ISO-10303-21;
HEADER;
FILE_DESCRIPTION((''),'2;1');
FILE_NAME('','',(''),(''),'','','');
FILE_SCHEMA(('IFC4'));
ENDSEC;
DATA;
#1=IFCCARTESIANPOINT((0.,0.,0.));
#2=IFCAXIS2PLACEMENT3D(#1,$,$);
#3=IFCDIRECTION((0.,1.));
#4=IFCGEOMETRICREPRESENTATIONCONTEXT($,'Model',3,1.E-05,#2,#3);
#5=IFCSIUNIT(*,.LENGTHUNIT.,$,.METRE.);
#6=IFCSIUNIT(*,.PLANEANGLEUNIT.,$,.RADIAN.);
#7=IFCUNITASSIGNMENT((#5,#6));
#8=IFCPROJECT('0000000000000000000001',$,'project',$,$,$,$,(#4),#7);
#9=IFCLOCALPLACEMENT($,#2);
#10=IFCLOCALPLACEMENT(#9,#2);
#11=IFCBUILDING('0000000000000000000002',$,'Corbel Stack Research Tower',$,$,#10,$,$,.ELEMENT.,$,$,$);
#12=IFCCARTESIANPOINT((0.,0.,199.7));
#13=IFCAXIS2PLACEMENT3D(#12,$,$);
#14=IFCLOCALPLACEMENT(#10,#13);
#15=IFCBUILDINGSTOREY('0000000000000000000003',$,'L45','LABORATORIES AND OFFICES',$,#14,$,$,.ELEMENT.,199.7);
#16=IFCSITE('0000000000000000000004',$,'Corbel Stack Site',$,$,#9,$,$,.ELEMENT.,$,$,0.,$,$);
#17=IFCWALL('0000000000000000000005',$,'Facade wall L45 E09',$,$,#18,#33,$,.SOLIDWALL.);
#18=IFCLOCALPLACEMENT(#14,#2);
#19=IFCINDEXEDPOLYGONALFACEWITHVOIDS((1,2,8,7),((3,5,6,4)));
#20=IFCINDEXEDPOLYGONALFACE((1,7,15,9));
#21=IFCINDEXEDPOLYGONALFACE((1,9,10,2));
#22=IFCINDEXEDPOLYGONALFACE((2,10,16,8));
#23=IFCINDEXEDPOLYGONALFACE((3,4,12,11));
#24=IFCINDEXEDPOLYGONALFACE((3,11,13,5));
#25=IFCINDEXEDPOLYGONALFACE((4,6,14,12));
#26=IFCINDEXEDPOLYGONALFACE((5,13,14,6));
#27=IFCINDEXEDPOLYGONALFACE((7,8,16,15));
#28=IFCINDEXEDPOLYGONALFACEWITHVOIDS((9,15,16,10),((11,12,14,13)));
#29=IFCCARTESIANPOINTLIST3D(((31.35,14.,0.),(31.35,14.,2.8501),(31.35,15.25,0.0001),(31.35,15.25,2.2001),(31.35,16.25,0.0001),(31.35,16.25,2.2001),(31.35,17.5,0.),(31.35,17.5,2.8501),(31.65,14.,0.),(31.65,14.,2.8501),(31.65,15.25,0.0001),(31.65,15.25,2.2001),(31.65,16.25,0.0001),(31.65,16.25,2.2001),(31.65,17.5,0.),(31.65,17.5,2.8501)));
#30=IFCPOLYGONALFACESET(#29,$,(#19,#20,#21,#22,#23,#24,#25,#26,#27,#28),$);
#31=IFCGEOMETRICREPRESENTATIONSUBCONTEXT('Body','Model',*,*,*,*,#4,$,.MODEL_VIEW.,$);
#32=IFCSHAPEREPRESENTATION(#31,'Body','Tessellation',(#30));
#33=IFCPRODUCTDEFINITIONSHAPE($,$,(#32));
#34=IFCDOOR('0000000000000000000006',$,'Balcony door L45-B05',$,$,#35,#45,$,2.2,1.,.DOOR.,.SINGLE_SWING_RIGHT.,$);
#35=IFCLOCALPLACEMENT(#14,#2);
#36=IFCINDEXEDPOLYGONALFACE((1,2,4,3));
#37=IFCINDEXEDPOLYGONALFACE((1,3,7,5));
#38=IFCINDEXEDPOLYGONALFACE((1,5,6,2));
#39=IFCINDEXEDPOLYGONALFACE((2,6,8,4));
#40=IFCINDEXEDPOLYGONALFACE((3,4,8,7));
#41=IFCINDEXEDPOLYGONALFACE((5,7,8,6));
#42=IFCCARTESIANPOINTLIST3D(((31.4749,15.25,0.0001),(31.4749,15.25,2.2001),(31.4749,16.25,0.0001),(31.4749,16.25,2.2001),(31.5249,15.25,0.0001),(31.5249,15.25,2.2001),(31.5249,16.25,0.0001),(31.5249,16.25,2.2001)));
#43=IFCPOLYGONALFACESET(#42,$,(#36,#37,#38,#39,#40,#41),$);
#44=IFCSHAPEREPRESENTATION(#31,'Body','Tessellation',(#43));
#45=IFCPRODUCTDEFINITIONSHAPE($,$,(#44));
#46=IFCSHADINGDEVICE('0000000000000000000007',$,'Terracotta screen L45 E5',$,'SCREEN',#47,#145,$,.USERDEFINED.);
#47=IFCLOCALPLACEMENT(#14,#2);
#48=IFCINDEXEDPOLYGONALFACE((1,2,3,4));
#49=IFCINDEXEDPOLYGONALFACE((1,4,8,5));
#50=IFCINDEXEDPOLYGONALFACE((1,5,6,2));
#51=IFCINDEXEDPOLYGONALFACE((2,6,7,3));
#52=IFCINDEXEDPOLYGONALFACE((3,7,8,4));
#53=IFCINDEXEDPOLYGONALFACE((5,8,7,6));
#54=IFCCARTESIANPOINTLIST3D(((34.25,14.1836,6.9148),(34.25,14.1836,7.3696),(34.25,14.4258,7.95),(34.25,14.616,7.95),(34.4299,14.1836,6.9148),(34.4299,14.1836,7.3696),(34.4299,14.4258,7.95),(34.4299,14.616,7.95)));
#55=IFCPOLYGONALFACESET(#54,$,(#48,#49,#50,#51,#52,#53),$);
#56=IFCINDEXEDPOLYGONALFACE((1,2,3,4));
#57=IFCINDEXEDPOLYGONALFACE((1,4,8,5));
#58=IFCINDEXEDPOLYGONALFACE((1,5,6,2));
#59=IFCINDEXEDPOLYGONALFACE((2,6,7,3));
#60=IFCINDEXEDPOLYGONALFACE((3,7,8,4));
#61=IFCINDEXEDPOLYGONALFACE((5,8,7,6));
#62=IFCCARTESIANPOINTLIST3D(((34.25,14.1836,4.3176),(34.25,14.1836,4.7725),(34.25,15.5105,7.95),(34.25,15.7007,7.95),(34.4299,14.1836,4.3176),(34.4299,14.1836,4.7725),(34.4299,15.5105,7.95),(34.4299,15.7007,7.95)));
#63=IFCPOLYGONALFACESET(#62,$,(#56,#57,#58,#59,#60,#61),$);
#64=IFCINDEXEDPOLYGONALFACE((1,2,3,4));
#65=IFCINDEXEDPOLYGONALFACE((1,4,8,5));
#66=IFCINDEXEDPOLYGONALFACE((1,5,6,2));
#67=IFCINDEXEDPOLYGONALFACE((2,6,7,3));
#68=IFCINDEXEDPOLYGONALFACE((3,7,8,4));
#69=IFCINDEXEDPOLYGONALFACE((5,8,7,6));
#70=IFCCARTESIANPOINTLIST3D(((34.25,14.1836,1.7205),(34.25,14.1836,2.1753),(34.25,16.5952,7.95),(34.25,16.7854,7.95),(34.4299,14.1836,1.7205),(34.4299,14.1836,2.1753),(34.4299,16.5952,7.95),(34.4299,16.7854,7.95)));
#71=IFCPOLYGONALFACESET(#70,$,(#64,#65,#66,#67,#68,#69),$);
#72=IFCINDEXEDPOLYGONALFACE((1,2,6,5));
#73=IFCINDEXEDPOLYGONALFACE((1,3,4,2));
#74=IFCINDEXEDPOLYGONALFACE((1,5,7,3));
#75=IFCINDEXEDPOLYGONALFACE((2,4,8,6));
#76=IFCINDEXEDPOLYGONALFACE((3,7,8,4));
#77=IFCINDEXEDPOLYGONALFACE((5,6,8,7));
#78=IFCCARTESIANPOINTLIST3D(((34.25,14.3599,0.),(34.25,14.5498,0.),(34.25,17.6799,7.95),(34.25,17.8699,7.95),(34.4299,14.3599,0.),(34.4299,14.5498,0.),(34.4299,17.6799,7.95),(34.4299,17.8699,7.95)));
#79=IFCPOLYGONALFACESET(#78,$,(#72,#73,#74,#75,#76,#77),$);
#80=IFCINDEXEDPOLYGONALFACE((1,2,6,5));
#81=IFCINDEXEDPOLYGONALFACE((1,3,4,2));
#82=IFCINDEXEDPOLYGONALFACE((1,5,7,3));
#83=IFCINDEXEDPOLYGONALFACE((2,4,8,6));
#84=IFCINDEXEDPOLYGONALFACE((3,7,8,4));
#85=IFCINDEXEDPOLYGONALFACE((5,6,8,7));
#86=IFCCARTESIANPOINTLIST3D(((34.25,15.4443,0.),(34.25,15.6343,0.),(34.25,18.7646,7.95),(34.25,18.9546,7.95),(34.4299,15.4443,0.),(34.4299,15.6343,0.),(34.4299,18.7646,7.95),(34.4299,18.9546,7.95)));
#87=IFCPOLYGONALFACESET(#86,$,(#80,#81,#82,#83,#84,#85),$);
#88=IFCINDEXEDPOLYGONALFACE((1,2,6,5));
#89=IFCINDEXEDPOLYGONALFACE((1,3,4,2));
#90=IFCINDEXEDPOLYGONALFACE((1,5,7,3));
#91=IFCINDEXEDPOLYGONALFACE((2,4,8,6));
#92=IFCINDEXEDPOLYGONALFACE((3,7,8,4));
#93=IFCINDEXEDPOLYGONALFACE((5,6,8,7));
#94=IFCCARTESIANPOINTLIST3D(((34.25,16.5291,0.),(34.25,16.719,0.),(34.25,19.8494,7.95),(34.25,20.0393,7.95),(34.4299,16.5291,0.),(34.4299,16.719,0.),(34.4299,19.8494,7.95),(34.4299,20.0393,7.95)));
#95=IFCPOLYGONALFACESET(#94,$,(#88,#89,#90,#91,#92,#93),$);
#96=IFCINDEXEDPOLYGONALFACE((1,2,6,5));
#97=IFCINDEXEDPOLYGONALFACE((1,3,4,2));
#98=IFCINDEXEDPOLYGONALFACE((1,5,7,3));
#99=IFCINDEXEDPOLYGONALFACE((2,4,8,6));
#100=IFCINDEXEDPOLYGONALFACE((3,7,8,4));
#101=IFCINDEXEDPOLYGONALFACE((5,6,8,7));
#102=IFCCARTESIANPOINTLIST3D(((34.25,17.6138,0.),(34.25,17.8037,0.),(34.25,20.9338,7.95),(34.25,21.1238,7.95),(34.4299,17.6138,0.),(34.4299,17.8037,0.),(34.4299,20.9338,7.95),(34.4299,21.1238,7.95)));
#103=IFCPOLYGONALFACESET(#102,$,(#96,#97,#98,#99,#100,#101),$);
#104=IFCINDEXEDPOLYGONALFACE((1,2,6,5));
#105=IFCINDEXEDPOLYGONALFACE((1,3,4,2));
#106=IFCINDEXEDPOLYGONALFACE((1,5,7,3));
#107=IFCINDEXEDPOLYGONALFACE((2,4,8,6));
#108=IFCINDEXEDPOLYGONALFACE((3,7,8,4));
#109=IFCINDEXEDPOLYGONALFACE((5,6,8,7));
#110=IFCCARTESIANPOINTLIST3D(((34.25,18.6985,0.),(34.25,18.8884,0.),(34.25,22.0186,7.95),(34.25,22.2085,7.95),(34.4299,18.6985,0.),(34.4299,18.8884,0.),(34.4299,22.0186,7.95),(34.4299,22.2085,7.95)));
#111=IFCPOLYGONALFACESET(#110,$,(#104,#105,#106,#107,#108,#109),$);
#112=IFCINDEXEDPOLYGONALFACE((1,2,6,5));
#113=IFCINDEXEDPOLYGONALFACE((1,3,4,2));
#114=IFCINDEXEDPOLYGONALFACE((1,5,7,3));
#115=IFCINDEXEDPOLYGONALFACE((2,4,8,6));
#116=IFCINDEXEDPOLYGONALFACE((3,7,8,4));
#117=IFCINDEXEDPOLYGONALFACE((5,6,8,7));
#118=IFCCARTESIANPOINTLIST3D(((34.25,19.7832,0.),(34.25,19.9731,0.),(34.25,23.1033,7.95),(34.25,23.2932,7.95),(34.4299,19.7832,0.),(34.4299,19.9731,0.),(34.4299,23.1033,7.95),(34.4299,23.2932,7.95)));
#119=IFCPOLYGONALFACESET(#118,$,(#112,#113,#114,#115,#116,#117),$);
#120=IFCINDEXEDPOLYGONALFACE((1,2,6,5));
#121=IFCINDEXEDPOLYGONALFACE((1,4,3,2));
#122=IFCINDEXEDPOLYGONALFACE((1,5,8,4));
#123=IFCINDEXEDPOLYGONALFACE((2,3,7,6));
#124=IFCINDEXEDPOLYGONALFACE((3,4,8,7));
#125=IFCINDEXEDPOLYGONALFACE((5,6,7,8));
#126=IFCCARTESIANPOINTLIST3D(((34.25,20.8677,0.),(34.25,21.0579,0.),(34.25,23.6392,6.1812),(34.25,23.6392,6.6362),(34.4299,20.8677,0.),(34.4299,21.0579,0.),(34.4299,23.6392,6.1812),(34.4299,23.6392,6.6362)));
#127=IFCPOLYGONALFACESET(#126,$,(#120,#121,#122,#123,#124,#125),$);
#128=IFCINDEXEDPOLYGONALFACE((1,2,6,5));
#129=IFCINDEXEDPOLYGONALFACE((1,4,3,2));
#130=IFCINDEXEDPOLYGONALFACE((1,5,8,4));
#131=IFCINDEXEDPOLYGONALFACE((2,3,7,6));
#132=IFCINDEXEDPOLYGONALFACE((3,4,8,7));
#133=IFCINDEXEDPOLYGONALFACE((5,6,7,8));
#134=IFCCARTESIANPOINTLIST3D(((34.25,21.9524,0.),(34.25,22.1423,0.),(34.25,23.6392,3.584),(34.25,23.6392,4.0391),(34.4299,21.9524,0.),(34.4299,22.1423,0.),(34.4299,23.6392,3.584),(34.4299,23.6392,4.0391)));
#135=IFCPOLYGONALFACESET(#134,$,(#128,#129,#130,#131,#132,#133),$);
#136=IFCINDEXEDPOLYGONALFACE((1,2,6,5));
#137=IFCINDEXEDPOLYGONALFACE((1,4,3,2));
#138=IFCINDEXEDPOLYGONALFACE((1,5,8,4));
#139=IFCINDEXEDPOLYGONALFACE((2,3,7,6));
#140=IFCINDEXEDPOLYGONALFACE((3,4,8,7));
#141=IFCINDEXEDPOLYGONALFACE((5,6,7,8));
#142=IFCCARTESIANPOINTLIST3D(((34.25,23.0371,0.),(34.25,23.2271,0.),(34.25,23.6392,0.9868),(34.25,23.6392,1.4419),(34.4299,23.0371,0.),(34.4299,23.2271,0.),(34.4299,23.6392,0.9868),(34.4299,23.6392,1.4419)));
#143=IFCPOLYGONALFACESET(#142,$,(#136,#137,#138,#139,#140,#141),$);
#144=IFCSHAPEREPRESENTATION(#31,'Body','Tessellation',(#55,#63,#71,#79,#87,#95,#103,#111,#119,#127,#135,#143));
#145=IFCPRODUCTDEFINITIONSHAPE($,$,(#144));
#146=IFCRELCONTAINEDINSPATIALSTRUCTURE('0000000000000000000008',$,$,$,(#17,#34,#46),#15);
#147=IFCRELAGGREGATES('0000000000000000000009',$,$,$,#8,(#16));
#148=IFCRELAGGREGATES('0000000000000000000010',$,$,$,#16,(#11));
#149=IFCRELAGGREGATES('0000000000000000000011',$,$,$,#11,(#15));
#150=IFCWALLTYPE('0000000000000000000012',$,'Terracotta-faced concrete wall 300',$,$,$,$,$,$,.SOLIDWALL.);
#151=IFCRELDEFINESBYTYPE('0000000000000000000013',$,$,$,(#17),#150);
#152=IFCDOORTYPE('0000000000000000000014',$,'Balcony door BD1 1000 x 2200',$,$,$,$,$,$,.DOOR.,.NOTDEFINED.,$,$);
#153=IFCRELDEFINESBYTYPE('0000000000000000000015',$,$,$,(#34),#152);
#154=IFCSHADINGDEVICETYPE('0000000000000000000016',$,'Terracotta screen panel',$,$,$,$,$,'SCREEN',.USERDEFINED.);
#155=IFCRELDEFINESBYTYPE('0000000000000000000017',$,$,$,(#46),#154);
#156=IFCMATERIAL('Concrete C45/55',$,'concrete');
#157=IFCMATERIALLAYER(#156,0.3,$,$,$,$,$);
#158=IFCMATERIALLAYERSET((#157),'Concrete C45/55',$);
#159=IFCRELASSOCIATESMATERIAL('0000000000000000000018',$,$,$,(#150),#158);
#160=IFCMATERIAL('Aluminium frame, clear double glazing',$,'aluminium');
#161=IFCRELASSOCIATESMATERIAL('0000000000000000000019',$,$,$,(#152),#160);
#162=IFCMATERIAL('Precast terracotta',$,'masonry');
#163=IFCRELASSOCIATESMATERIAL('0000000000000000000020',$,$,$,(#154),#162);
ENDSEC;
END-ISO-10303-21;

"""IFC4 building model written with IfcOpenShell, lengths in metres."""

from ifc_helpers import new_model, si_unit, direction, frame, frame_2d, origin, place, context, subcontext, project, spatial, polyline, rectangle, outline, extrude, source, transform, mapped, material, layer, layer_set, type_object, element, fill, save


model = new_model("IFC4")

# Units and contexts
model_context = context("Model", 3, precision=1e-05, world=origin(), true_north=direction((0.0, 1.0)))
body_context = subcontext(model_context, "Body", "Model", "MODEL_VIEW")
ifc_project = project(units=[si_unit("LENGTHUNIT", "METRE"), si_unit("PLANEANGLEUNIT", "RADIAN")], contexts=[model_context])

# Site, building, storey
site_placement = place(None, origin())
site = spatial("IfcSite", under=ifc_project, at=site_placement, Name="Corbel Stack Site", CompositionType="ELEMENT", RefElevation=0.0)
building_placement = place(site_placement, origin())
building = spatial("IfcBuilding", under=site, at=building_placement, Name="Corbel Stack Research Tower", CompositionType="ELEMENT")
storey_placement = place(building_placement, frame((0.0, 0.0, 199.7)))
storey = spatial("IfcBuildingStorey", under=building, at=storey_placement, Name="L45", Description="LABORATORIES AND OFFICES", CompositionType="ELEMENT", Elevation=199.7)

# Shared definitions
ifc_material_1 = material(Name="Concrete C45/55", Category="concrete")
ifc_layer_1 = layer(ifc_material_1, 0.3)
ifc_layer_set_1 = layer_set([ifc_layer_1], Name="Concrete C45/55")
wall_type_1 = type_object("IfcWallType", Name="Terracotta-faced concrete wall 300", PredefinedType="SOLIDWALL", material=ifc_layer_set_1)

# Wall, opening, door
wall_1_placement = place(storey_placement, frame((31.5, 17.5, 0.0), z_axis=(0.0, 0.0, 1.0), x_axis=(0.0, -1.0, 0.0)))
wall_1 = element("IfcWall", 1, at=wall_1_placement, inside=storey, type_object=wall_type_1, Name="Facade wall L45 E09", PredefinedType="SOLIDWALL", context=body_context, shape_type="SweptSolid", body=[
    extrude(rectangle(XDim=3.5, YDim=0.3, at=frame_2d((1.75, 0.0))), origin(), (0.0, 0.0, 1.0), 2.8501),
])
opening_1_placement = place(wall_1_placement, frame((1.25, 0.0, 0.0)))
opening_1 = element("IfcOpeningElement", 2, at=opening_1_placement, cuts=wall_1, PredefinedType="OPENING", context=body_context, shape_type="SweptSolid", body=[
    extrude(rectangle(XDim=1.0, YDim=2.2, at=frame_2d((0.5, 1.1001))), frame((0.0, 0.1599, 0.0), z_axis=(0.0, -1.0, 0.0), x_axis=(1.0, 0.0, 0.0)), (0.0, 0.0, 1.0), 0.3201),
])
ifc_material_2 = material(Name="Aluminium frame, clear double glazing", Category="aluminium")
door_type_1 = type_object("IfcDoorType", Name="Balcony door BD1 1000 x 2200", OperationType="NOTDEFINED", PredefinedType="DOOR", material=ifc_material_2)
door_1_placement = place(opening_1_placement, origin())
door_1 = element("IfcDoor", 3, at=door_1_placement, inside=storey, type_object=door_type_1, Name="Balcony door L45-B05", OperationType="SINGLE_SWING_RIGHT", OverallHeight=2.2, OverallWidth=1.0, PredefinedType="DOOR", context=body_context, shape_type="SweptSolid", body=[
    extrude(rectangle(XDim=1.0, YDim=2.2, at=frame_2d((0.5, 1.1001))), frame((0.0, 0.0249, 0.0), z_axis=(0.0, -1.0, 0.0), x_axis=(1.0, 0.0, 0.0)), (0.0, 0.0, 1.0), 0.05),
])
fill(opening_1, door_1)

# Shading device
ifc_material_3 = material(Name="Precast terracotta", Category="masonry")
shading_device_type = type_object("IfcShadingDeviceType", Name="Terracotta screen panel", ElementType="SCREEN", PredefinedType="USERDEFINED", material=ifc_material_3)
shared_shape_1 = source(origin(), body_context, "Body", "SweptSolid", [
    extrude(outline(polyline([(0.4324, 7.95), (0.2422, 7.95), (0.0, 7.3696), (0.0, 6.9148), (0.4324, 7.95)])), frame((0.0, 0.0, 0.0), z_axis=(0.0, -1.0, 0.0), x_axis=(1.0, 0.0, 0.0)), (0.0, 0.0, 1.0), 0.1799),
    extrude(outline(polyline([(1.5171, 7.95), (1.3269, 7.95), (0.0, 4.7725), (0.0, 4.3176), (1.5171, 7.95)])), frame((0.0, 0.0, 0.0), z_axis=(0.0, -1.0, 0.0), x_axis=(1.0, 0.0, 0.0)), (0.0, 0.0, 1.0), 0.1799),
    extrude(outline(polyline([(2.6018, 7.95), (2.4116, 7.95), (0.0, 2.1753), (0.0, 1.7205), (2.6018, 7.95)])), frame((0.0, 0.0, 0.0), z_axis=(0.0, -1.0, 0.0), x_axis=(1.0, 0.0, 0.0)), (0.0, 0.0, 1.0), 0.1799),
    extrude(outline(polyline([(0.3662, 0.0), (3.6863, 7.95), (3.4963, 7.95), (0.1763, 0.0), (0.3662, 0.0)])), frame((0.0, 0.0, 0.0), z_axis=(0.0, -1.0, 0.0), x_axis=(1.0, 0.0, 0.0)), (0.0, 0.0, 1.0), 0.1799),
    extrude(outline(polyline([(1.4507, 0.0), (4.771, 7.95), (4.5811, 7.95), (1.2607, 0.0), (1.4507, 0.0)])), frame((0.0, 0.0, 0.0), z_axis=(0.0, -1.0, 0.0), x_axis=(1.0, 0.0, 0.0)), (0.0, 0.0, 1.0), 0.1799),
    extrude(outline(polyline([(2.5354, 0.0), (5.8557, 7.95), (5.6658, 7.95), (2.3455, 0.0), (2.5354, 0.0)])), frame((0.0, 0.0, 0.0), z_axis=(0.0, -1.0, 0.0), x_axis=(1.0, 0.0, 0.0)), (0.0, 0.0, 1.0), 0.1799),
    extrude(outline(polyline([(3.6201, 0.0), (6.9402, 7.95), (6.7502, 7.95), (3.4302, 0.0), (3.6201, 0.0)])), frame((0.0, 0.0, 0.0), z_axis=(0.0, -1.0, 0.0), x_axis=(1.0, 0.0, 0.0)), (0.0, 0.0, 1.0), 0.1799),
    extrude(outline(polyline([(4.7048, 0.0), (8.0249, 7.95), (7.835, 7.95), (4.5149, 0.0), (4.7048, 0.0)])), frame((0.0, 0.0, 0.0), z_axis=(0.0, -1.0, 0.0), x_axis=(1.0, 0.0, 0.0)), (0.0, 0.0, 1.0), 0.1799),
    extrude(outline(polyline([(5.7896, 0.0), (9.1096, 7.95), (8.9197, 7.95), (5.5996, 0.0), (5.7896, 0.0)])), frame((0.0, 0.0, 0.0), z_axis=(0.0, -1.0, 0.0), x_axis=(1.0, 0.0, 0.0)), (0.0, 0.0, 1.0), 0.1799),
    extrude(outline(polyline([(6.8743, 0.0), (9.4556, 6.1812), (9.4556, 6.6362), (6.6841, 0.0), (6.8743, 0.0)])), frame((0.0, 0.0, 0.0), z_axis=(0.0, -1.0, 0.0), x_axis=(1.0, 0.0, 0.0)), (0.0, 0.0, 1.0), 0.1799),
    extrude(outline(polyline([(7.9587, 0.0), (9.4556, 3.584), (9.4556, 4.0391), (7.7688, 0.0), (7.9587, 0.0)])), frame((0.0, 0.0, 0.0), z_axis=(0.0, -1.0, 0.0), x_axis=(1.0, 0.0, 0.0)), (0.0, 0.0, 1.0), 0.1799),
    extrude(outline(polyline([(9.0435, 0.0), (9.4556, 0.9868), (9.4556, 1.4419), (8.8535, 0.0), (9.0435, 0.0)])), frame((0.0, 0.0, 0.0), z_axis=(0.0, -1.0, 0.0), x_axis=(1.0, 0.0, 0.0)), (0.0, 0.0, 1.0), 0.1799),
])
shading_device_1_placement = place(storey_placement, frame((34.25, 14.1836, 0.0), z_axis=(0.0, 0.0, 1.0), x_axis=(0.0, 1.0, 0.0)))
element("IfcShadingDevice", 4, at=shading_device_1_placement, inside=storey, type_object=shading_device_type, Name="Terracotta screen L45 E5", ObjectType="SCREEN", PredefinedType="USERDEFINED", context=body_context, shape_type="MappedRepresentation", body=[
    mapped(shared_shape_1, transform((0.0, 0.0, 0.0))),
])

save(model, "model.ifc")
